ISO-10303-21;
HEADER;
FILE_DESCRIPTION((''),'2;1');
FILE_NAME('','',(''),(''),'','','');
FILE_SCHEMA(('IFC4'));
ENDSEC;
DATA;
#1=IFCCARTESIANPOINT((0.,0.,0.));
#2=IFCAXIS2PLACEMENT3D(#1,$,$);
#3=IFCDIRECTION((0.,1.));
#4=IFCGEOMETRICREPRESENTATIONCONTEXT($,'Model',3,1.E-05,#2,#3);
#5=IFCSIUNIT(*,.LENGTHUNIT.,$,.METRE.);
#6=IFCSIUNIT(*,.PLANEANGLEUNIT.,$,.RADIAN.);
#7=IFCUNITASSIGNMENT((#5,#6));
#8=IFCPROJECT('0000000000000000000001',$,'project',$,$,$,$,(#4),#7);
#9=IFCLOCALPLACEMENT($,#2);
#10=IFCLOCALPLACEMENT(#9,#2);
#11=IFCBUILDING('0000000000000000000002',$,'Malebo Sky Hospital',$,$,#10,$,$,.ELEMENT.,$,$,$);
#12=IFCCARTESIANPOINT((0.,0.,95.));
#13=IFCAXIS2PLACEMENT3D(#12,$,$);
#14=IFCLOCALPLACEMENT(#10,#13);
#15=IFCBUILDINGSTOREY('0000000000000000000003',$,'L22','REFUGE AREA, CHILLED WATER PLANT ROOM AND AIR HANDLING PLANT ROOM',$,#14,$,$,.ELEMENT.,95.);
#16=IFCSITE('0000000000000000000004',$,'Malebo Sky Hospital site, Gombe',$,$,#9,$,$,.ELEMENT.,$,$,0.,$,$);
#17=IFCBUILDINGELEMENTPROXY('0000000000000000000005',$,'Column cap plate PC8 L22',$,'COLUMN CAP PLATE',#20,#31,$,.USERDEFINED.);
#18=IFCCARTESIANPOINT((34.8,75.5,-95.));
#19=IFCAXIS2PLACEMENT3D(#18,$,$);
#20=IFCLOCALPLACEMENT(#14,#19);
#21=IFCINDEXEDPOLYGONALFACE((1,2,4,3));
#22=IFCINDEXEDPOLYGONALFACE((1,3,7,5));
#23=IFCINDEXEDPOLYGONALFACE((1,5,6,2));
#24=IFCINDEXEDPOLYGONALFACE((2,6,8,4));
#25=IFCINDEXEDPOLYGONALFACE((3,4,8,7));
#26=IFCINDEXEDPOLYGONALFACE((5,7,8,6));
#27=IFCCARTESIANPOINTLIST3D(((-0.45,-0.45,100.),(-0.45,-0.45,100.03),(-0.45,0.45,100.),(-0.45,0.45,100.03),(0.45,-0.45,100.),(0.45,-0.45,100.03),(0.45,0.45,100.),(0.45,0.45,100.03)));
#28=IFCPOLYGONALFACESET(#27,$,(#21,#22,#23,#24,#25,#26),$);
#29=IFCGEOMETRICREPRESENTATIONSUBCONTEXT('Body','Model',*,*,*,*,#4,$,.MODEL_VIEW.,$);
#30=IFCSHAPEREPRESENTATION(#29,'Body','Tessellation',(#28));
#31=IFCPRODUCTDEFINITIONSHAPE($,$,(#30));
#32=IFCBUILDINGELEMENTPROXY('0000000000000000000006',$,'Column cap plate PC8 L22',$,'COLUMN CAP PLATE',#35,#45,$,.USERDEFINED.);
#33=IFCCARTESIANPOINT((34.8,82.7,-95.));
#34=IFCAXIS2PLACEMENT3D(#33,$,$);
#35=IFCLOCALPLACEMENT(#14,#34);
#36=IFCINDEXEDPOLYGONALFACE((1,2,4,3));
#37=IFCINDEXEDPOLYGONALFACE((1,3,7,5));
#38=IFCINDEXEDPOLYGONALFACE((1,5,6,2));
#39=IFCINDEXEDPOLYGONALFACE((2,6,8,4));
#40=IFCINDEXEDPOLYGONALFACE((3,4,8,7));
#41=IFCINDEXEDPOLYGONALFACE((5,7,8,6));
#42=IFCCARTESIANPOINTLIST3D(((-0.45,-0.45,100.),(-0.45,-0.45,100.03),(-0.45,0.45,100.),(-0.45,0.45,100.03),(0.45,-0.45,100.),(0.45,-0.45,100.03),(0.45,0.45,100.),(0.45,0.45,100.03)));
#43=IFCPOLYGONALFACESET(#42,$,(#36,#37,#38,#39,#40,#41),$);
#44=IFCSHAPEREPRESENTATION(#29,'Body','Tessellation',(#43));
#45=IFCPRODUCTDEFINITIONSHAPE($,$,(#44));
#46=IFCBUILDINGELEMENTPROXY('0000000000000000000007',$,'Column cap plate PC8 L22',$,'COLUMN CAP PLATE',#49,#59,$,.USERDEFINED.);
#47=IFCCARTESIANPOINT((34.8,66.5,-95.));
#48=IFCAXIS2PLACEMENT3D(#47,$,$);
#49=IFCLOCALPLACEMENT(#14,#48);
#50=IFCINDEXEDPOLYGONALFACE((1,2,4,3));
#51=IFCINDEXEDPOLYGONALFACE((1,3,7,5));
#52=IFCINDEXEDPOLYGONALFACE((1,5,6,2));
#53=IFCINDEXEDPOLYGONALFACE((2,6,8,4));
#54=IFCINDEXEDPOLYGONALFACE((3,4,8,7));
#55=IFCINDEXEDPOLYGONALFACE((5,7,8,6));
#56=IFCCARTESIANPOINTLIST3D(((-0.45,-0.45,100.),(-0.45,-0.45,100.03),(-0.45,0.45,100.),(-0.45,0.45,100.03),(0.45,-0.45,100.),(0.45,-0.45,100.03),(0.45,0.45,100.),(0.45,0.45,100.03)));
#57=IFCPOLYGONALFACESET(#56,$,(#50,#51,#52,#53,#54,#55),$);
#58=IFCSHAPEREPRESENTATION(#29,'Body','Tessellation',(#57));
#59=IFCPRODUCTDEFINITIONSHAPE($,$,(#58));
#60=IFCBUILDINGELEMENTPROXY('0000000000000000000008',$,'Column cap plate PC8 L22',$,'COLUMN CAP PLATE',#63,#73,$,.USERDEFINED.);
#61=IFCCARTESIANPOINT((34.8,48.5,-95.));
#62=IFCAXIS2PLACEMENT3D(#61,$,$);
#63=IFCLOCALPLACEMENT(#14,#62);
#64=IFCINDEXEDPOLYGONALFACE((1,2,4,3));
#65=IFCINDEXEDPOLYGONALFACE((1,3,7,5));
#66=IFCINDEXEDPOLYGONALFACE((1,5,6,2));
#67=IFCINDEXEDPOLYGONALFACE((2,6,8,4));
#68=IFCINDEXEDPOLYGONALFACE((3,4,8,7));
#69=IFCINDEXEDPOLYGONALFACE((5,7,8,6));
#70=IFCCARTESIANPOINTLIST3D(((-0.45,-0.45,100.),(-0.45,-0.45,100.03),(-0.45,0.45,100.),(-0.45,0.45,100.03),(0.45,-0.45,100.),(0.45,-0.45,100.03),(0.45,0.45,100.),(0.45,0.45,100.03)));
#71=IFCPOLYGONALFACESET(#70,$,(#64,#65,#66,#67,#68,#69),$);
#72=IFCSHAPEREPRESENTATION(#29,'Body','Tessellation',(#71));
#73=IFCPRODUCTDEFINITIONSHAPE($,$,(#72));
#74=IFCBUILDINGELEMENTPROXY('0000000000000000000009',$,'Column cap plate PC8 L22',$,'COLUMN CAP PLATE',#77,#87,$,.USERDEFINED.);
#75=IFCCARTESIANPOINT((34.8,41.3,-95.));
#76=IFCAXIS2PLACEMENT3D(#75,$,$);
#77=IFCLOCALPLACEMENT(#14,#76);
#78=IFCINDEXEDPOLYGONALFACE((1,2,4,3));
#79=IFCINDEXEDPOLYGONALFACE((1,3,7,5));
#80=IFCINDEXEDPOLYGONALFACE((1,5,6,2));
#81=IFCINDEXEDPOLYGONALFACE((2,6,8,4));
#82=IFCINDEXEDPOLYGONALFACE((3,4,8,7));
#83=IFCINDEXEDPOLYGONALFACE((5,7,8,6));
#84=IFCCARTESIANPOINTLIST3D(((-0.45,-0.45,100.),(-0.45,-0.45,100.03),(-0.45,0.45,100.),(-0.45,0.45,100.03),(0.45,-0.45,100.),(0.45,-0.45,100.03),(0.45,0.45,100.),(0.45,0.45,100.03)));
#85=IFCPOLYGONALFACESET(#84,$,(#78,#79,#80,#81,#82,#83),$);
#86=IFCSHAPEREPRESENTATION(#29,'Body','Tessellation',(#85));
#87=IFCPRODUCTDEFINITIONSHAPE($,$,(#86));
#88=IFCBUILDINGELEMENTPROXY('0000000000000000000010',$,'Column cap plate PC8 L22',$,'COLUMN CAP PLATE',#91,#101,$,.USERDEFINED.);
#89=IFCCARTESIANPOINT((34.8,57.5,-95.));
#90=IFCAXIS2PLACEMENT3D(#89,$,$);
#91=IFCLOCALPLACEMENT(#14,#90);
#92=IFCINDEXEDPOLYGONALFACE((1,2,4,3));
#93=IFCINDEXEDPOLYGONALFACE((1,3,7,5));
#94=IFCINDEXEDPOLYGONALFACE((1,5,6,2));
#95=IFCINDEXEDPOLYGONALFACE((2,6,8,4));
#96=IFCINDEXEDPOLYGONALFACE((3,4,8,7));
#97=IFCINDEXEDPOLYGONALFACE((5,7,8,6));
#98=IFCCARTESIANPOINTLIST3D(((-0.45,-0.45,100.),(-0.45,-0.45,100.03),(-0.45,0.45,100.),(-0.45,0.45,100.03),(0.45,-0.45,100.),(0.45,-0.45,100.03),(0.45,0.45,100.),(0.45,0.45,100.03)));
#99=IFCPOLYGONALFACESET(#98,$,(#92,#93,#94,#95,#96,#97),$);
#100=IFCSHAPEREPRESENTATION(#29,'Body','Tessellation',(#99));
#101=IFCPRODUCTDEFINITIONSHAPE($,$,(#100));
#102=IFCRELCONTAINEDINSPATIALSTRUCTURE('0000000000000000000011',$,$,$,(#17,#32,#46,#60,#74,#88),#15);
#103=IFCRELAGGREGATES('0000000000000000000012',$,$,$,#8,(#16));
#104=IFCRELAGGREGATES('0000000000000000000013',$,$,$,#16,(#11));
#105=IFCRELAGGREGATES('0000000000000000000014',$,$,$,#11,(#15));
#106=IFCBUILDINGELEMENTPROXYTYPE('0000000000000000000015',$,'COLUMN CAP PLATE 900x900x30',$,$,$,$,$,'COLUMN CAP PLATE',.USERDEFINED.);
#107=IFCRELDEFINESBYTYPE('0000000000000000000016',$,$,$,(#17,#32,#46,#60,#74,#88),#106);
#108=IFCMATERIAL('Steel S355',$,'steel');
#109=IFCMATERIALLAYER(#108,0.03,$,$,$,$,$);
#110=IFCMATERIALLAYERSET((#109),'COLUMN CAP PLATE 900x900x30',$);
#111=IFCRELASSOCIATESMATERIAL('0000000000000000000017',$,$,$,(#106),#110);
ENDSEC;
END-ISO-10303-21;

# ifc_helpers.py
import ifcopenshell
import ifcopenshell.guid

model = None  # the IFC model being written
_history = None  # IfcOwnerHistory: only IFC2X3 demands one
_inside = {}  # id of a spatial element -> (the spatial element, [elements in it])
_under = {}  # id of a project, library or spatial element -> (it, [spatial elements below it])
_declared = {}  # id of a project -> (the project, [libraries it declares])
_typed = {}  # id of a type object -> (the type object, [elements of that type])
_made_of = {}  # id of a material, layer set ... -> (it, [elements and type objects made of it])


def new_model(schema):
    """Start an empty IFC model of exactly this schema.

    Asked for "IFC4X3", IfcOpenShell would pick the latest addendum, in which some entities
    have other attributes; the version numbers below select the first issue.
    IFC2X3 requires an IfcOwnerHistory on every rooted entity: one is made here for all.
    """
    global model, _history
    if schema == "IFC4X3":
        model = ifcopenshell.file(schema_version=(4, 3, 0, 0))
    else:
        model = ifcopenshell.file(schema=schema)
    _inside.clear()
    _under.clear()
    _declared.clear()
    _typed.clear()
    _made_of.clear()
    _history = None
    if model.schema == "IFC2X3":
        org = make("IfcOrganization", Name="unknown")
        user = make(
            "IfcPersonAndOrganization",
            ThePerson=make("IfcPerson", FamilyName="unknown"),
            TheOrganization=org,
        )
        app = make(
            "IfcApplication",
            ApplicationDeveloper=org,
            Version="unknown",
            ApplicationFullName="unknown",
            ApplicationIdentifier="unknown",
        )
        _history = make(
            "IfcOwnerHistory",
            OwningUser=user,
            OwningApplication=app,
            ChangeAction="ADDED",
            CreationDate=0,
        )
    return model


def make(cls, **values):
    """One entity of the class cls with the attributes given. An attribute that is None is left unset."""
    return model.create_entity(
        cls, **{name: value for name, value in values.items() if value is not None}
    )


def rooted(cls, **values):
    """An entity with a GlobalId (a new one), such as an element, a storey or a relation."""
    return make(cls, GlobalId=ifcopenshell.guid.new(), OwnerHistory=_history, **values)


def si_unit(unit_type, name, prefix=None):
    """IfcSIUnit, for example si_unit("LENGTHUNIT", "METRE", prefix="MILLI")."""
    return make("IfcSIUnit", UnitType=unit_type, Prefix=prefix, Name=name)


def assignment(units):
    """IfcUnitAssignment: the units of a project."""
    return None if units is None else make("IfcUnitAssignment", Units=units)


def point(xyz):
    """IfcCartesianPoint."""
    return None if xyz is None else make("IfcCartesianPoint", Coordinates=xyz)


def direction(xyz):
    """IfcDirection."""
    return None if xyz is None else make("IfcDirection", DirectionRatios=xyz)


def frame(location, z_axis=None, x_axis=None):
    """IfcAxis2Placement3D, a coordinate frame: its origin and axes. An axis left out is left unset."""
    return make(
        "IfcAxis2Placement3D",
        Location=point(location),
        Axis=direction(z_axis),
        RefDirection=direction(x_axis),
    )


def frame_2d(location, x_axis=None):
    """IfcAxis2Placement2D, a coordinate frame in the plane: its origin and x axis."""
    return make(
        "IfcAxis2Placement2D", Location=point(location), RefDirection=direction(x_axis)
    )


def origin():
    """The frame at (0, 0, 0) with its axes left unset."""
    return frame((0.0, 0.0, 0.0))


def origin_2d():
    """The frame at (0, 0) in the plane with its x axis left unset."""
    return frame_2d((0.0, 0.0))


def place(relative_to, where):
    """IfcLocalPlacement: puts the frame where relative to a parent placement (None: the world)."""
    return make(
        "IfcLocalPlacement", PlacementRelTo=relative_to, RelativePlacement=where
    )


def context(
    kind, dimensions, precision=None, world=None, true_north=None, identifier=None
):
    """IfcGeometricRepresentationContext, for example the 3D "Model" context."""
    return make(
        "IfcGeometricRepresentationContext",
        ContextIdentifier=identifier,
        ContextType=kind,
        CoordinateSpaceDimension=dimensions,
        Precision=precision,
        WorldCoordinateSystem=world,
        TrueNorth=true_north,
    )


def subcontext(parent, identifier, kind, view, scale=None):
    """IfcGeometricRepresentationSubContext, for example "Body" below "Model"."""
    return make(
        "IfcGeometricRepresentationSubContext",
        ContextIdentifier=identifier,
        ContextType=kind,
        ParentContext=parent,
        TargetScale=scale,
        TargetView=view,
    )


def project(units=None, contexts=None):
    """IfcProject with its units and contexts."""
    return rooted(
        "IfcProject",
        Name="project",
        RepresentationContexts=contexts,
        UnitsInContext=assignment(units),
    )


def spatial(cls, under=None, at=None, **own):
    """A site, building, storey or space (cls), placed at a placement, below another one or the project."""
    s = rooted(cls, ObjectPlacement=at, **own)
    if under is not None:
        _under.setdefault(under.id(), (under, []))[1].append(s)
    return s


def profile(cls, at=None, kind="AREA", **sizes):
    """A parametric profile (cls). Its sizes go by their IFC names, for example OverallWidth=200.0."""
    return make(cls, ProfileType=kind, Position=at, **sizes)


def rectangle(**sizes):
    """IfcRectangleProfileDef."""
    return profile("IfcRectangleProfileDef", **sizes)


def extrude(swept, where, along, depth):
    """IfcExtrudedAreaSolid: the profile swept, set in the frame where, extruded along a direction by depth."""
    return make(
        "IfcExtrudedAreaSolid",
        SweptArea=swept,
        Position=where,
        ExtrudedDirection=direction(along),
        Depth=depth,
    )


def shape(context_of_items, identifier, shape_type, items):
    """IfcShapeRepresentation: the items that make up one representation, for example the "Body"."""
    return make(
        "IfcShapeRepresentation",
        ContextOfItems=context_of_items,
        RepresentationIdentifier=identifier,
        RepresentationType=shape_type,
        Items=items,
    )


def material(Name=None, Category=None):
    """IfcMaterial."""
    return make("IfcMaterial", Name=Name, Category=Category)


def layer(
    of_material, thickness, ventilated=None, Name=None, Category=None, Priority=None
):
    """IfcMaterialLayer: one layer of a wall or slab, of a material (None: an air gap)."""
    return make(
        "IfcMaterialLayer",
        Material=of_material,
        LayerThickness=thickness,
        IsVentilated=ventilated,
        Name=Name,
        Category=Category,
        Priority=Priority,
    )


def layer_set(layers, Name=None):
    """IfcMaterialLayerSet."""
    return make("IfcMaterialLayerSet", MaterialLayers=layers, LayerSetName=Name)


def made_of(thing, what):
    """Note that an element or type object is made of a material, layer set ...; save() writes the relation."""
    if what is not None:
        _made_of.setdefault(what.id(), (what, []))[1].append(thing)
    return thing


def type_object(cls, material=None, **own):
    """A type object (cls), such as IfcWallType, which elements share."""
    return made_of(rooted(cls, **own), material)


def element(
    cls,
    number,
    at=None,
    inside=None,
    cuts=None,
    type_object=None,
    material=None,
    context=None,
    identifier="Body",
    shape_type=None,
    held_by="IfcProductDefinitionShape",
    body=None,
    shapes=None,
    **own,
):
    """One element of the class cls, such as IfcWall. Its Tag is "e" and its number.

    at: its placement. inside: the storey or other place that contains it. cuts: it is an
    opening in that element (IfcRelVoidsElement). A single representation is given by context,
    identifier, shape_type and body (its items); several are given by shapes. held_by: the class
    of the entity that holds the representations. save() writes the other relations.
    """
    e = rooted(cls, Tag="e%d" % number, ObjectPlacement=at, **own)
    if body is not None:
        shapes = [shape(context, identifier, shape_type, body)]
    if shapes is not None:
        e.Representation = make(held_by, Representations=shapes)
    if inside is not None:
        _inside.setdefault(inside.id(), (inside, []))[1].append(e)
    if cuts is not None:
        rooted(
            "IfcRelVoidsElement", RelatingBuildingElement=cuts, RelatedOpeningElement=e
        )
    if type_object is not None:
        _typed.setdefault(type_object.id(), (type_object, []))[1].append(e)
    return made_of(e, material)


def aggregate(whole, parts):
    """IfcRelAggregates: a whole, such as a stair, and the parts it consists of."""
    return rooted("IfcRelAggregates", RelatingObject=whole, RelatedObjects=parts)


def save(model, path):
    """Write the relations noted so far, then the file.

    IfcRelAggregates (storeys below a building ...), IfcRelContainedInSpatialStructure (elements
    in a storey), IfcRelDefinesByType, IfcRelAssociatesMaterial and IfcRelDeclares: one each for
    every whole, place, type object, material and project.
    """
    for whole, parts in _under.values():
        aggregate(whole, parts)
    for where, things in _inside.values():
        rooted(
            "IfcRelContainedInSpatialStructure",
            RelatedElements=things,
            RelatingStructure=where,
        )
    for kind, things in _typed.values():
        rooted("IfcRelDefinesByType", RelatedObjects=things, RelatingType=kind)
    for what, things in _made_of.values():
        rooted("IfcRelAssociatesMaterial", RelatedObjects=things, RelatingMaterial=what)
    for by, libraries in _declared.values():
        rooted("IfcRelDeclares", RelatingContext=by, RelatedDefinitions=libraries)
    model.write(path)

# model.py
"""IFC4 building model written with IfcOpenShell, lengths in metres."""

from ifc_helpers import new_model, si_unit, direction, frame, origin, origin_2d, place, context, subcontext, project, spatial, rectangle, extrude, material, layer, layer_set, type_object, element, save


model = new_model("IFC4")

# Units and contexts
model_context = context("Model", 3, precision=1e-05, world=origin(), true_north=direction((0.0, 1.0)))
body_context = subcontext(model_context, "Body", "Model", "MODEL_VIEW")
ifc_project = project(units=[si_unit("LENGTHUNIT", "METRE"), si_unit("PLANEANGLEUNIT", "RADIAN")], contexts=[model_context])

# Site, building, storey
site_placement = place(None, origin())
site = spatial("IfcSite", under=ifc_project, at=site_placement, Name="Malebo Sky Hospital site, Gombe", CompositionType="ELEMENT", RefElevation=0.0)
building_placement = place(site_placement, origin())
building = spatial("IfcBuilding", under=site, at=building_placement, Name="Malebo Sky Hospital", CompositionType="ELEMENT")
storey_placement = place(building_placement, frame((0.0, 0.0, 95.0)))
storey = spatial("IfcBuildingStorey", under=building, at=storey_placement, Name="L22", Description="REFUGE AREA, CHILLED WATER PLANT ROOM AND AIR HANDLING PLANT ROOM", CompositionType="ELEMENT", Elevation=95.0)

# Shared definitions
ifc_material = material(Name="Steel S355", Category="steel")

# Building element proxies
ifc_layer = layer(ifc_material, 0.03)
ifc_layer_set = layer_set([ifc_layer], Name="COLUMN CAP PLATE 900x900x30")
building_element_proxy_type = type_object("IfcBuildingElementProxyType", Name="COLUMN CAP PLATE 900x900x30", ElementType="COLUMN CAP PLATE", PredefinedType="USERDEFINED", material=ifc_layer_set)
for number, where, name in (
    (1, (34.8, 75.5, -95.0), "Column cap plate PC8 L22"),
    (2, (34.8, 82.7, -95.0), "Column cap plate PC8 L22"),
    (3, (34.8, 66.5, -95.0), "Column cap plate PC8 L22"),
    (4, (34.8, 48.5, -95.0), "Column cap plate PC8 L22"),
    (5, (34.8, 41.3, -95.0), "Column cap plate PC8 L22"),
    (6, (34.8, 57.5, -95.0), "Column cap plate PC8 L22"),
):
    element("IfcBuildingElementProxy", number, at=place(storey_placement, frame(where)), inside=storey, type_object=building_element_proxy_type, Name=name, ObjectType="COLUMN CAP PLATE", PredefinedType="USERDEFINED", context=body_context, shape_type="SweptSolid", body=[
        extrude(rectangle(XDim=0.8999, YDim=0.8999, at=origin_2d()), frame((0.0, 0.0, 100.0)), (0.0, 0.0, 1.0), 0.03),
    ])

save(model, "model.ifc")
